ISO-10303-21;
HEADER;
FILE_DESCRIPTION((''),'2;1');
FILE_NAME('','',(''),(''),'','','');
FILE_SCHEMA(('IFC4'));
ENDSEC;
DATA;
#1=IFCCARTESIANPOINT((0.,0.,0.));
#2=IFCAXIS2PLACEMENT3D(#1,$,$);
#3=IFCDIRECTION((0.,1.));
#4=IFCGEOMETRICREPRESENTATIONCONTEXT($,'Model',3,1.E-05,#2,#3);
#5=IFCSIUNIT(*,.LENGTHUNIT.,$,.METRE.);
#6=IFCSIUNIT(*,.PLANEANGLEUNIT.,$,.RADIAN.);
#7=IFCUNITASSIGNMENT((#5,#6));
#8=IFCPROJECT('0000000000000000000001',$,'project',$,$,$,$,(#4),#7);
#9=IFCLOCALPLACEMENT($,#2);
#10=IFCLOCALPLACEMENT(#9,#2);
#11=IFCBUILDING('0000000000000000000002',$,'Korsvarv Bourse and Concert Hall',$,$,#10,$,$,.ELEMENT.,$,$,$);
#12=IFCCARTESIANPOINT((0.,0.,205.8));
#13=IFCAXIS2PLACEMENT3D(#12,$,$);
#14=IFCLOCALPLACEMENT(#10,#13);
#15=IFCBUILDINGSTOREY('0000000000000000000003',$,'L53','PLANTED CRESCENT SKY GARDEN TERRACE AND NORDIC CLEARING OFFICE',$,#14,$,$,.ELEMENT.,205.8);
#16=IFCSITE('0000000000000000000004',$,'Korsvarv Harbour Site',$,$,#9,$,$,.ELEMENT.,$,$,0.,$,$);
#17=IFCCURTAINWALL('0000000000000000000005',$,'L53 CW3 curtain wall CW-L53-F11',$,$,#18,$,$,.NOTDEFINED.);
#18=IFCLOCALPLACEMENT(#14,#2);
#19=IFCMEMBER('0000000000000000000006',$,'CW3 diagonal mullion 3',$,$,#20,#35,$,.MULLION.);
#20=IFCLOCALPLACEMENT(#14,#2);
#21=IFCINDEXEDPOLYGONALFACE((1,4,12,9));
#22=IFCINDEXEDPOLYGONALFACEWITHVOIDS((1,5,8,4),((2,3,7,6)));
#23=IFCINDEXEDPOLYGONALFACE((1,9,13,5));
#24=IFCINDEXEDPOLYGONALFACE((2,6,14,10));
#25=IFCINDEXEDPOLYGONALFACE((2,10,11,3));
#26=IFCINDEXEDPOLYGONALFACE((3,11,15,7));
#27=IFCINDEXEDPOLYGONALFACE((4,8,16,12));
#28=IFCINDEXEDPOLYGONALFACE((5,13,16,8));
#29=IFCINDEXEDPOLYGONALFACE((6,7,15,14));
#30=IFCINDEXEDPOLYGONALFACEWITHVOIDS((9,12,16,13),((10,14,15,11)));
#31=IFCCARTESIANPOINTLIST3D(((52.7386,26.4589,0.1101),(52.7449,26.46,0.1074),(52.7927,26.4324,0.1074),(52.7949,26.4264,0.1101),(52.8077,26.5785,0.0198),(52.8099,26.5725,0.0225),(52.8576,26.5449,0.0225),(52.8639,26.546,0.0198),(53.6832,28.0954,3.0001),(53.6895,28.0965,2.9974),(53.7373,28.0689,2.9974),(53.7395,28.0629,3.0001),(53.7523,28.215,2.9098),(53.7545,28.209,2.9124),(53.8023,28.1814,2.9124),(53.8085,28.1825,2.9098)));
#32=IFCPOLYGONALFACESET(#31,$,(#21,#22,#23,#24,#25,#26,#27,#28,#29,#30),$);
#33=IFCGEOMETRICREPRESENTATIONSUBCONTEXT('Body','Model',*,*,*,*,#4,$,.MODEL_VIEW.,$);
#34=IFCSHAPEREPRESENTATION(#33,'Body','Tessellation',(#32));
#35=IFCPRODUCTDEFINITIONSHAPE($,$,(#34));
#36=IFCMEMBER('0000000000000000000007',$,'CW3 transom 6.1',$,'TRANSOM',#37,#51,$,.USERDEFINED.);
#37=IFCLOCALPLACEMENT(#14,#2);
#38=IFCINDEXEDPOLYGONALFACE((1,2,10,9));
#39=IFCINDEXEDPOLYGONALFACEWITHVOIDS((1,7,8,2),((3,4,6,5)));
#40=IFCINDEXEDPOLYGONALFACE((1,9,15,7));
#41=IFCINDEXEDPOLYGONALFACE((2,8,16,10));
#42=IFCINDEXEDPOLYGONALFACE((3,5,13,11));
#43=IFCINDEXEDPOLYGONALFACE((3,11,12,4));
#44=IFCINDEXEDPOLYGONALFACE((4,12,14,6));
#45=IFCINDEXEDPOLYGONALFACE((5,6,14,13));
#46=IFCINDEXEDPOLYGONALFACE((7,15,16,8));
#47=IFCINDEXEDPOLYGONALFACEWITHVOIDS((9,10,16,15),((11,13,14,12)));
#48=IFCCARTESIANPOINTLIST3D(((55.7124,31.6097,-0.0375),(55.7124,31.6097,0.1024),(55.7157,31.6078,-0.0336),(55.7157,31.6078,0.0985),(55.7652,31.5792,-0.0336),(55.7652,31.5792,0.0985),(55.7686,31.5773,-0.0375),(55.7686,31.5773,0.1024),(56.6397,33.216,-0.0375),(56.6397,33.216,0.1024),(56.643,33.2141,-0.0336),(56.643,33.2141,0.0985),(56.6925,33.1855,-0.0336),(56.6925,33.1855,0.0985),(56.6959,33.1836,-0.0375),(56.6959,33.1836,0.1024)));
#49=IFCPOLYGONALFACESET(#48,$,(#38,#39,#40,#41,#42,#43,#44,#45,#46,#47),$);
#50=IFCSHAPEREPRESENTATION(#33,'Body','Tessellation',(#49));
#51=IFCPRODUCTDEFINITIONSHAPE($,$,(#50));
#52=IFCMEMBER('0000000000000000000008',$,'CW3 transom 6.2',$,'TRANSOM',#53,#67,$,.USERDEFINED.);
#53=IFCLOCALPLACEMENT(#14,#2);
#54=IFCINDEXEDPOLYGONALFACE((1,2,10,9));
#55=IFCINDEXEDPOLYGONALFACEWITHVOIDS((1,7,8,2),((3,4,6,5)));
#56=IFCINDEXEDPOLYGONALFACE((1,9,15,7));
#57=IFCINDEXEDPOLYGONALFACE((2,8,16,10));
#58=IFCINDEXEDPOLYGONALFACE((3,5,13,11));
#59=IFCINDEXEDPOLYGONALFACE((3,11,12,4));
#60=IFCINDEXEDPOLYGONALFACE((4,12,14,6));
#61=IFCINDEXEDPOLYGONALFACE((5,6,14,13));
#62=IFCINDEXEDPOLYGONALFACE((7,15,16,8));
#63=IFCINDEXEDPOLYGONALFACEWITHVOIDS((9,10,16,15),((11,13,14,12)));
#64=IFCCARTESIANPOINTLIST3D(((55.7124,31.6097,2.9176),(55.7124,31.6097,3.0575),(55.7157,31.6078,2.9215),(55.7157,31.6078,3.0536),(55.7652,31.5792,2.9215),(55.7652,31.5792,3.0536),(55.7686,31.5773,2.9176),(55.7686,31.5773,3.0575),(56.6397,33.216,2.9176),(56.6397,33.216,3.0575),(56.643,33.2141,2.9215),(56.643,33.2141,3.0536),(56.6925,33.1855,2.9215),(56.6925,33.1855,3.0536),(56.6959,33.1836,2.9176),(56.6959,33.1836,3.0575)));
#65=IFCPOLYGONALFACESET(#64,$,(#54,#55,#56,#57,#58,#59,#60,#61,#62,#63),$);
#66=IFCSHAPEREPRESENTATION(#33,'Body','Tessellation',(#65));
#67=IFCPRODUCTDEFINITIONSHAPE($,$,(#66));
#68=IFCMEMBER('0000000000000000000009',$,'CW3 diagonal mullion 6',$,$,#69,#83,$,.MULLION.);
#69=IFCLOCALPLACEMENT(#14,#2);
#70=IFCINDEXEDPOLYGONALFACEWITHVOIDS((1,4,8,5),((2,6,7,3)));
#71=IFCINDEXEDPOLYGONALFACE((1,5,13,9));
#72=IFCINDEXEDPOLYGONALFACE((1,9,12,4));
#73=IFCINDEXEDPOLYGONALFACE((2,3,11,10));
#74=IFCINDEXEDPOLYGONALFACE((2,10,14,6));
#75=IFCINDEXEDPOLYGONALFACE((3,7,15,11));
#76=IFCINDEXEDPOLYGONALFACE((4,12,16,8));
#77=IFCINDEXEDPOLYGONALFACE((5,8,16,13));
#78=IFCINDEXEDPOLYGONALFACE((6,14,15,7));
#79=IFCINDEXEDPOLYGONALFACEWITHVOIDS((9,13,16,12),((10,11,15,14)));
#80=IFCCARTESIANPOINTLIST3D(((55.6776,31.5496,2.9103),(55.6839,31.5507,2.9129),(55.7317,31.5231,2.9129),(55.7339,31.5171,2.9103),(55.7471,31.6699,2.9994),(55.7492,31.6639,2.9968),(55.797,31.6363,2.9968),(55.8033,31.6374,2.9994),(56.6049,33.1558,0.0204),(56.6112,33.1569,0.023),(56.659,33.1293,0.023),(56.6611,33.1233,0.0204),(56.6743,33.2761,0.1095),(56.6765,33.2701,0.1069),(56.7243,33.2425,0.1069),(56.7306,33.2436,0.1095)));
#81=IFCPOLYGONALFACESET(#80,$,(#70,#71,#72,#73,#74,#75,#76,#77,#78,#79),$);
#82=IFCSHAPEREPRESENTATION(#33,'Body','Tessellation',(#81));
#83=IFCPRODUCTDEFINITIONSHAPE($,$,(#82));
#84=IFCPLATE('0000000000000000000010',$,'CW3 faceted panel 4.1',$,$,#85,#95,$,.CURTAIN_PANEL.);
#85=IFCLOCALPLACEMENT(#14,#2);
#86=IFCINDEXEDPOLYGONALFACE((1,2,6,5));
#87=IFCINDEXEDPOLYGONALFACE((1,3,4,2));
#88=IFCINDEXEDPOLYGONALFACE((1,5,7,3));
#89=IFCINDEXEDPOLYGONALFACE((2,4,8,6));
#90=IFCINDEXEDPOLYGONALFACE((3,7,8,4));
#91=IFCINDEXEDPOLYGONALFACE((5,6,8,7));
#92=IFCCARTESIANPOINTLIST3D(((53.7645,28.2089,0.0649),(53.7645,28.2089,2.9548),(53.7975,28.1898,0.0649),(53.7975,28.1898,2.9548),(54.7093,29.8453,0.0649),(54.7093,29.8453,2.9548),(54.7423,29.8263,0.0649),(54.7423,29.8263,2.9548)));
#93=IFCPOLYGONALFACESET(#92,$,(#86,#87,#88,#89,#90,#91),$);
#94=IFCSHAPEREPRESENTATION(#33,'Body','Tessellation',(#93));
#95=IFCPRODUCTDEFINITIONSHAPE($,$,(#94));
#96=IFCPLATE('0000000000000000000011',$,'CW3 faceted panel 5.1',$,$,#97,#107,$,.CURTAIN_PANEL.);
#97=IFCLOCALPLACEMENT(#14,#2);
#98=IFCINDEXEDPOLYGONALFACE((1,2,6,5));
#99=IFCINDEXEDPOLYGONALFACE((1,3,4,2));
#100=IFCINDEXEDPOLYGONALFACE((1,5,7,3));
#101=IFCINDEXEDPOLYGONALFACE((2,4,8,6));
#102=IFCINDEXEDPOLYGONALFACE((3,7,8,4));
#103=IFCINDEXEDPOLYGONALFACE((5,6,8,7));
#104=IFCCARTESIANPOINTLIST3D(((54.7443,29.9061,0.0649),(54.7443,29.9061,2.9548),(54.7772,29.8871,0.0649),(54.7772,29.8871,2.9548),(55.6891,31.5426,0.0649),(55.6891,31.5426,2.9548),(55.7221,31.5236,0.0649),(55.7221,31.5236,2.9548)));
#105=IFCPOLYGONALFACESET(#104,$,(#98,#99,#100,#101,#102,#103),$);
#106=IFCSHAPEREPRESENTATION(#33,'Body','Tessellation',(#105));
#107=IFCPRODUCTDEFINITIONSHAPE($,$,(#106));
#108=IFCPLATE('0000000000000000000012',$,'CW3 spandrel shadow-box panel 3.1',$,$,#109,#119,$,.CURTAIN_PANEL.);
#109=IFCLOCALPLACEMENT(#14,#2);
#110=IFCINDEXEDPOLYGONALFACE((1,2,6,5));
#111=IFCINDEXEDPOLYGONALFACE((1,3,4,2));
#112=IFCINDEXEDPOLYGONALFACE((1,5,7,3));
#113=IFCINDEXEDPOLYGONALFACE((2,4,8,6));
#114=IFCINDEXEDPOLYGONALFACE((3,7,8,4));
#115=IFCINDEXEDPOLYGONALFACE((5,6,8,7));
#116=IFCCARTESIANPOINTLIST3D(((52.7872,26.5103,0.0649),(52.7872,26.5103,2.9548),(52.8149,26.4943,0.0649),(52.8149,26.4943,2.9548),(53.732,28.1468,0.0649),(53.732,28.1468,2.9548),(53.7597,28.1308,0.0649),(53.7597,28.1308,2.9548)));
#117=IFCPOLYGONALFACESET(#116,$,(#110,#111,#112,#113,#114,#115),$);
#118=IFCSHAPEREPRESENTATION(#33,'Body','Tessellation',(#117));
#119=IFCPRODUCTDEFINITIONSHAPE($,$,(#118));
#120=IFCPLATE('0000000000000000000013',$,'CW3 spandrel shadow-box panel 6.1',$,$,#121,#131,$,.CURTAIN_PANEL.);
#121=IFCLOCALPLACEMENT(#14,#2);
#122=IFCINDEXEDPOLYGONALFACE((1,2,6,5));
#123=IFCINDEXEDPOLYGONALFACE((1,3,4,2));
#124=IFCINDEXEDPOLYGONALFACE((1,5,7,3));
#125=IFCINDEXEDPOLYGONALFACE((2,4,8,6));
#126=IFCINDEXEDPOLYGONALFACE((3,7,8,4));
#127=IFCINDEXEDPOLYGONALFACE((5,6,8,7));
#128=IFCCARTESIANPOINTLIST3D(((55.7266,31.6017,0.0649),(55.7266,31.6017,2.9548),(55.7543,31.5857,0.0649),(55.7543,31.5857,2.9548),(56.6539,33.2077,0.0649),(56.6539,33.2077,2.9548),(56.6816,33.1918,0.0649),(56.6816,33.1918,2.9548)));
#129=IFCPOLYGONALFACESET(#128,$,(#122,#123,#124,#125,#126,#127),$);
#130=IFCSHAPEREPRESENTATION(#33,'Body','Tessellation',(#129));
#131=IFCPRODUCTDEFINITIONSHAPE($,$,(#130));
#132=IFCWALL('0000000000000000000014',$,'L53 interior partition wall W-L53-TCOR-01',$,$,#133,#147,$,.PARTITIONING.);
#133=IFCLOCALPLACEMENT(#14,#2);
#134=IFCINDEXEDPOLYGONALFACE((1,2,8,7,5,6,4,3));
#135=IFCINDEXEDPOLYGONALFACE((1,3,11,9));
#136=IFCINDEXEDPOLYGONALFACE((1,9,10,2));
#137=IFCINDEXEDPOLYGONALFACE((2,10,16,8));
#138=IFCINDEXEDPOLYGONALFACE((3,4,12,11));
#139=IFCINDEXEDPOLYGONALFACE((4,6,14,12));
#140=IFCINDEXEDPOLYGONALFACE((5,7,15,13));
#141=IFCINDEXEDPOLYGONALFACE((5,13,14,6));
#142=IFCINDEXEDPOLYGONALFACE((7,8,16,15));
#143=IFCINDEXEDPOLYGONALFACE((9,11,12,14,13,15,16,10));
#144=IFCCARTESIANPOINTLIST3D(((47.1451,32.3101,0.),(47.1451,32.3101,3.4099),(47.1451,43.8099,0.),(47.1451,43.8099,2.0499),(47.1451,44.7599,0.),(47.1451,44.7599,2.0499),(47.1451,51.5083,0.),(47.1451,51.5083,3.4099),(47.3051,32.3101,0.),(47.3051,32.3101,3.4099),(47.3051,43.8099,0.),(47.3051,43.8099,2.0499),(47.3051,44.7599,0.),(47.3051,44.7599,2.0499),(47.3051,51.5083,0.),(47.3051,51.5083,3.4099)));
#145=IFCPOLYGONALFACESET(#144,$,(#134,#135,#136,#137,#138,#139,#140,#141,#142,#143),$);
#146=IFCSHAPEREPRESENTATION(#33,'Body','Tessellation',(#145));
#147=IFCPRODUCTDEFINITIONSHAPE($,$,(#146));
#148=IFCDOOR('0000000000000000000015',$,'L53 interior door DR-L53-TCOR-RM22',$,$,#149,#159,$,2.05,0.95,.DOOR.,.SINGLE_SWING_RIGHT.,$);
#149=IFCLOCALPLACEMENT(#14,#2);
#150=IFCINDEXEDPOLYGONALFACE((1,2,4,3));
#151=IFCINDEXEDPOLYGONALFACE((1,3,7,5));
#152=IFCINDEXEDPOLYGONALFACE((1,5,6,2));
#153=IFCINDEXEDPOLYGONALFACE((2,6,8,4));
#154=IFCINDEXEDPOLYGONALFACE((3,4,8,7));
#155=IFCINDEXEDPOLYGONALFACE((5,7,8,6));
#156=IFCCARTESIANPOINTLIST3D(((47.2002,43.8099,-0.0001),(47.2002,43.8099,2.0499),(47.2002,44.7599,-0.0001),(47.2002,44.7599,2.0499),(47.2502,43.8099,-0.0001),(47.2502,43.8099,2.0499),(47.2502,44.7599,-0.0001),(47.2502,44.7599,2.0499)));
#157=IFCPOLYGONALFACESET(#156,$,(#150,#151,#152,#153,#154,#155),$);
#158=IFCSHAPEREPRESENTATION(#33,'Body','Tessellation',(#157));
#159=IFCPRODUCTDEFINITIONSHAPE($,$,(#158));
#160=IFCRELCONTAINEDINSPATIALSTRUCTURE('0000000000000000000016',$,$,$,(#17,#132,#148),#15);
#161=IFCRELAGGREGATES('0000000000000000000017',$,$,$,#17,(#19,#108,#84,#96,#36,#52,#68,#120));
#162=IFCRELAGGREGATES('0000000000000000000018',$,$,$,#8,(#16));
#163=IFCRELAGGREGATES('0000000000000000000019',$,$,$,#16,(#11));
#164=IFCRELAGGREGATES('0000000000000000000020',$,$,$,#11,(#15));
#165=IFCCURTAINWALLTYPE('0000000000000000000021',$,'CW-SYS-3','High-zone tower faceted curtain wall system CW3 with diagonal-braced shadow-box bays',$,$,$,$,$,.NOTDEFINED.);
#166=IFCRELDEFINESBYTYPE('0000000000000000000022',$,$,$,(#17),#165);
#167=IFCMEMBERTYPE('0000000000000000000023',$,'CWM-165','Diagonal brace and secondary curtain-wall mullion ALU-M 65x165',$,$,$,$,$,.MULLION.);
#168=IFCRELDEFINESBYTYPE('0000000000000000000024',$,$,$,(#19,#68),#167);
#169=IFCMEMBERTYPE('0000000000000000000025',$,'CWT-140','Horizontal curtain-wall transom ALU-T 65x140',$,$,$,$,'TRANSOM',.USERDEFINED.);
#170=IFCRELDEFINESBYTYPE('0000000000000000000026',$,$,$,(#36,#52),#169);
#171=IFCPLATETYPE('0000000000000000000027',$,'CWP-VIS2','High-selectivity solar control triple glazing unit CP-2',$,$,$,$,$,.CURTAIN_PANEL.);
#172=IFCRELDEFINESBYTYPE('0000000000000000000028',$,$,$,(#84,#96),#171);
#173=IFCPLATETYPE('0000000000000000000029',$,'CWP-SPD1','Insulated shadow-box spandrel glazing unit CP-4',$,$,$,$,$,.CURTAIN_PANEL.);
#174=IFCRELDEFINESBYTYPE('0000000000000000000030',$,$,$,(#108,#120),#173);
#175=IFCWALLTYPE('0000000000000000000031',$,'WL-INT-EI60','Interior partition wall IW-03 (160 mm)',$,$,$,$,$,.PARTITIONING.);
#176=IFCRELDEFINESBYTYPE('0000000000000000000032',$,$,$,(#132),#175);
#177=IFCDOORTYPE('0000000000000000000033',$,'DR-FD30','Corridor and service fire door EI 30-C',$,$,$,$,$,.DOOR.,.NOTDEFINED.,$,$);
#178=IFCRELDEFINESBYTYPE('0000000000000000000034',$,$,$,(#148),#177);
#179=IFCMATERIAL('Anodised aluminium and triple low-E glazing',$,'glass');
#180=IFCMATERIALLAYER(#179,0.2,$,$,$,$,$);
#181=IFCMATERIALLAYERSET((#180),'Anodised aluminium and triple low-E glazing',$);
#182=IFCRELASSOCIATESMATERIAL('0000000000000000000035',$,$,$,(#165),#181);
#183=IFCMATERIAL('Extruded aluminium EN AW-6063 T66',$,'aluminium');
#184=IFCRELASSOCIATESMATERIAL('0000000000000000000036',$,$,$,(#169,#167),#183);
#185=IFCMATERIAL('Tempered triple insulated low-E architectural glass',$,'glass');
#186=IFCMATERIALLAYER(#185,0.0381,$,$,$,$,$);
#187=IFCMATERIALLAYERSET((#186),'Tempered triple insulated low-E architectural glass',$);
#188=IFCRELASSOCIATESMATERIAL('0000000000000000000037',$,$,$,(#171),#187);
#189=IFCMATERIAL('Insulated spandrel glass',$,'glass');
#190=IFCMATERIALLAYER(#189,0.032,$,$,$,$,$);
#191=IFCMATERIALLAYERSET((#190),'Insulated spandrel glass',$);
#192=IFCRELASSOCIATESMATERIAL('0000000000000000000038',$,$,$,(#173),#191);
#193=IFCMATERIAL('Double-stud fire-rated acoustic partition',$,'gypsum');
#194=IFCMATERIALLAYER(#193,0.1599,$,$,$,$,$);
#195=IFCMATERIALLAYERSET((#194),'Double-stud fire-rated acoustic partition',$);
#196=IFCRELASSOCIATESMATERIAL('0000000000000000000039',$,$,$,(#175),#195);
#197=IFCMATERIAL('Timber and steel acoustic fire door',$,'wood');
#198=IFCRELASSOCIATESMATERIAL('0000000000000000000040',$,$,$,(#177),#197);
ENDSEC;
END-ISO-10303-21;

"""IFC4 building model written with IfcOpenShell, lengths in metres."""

from ifc_helpers import new_model, si_unit, direction, frame, frame_2d, origin, origin_2d, place, context, subcontext, project, spatial, rectangle, hollow_rectangle, extrude, source, transform, mapped, material, layer, layer_set, material_profile, profile_set, type_object, element, fill, aggregate, save


model = new_model("IFC4")

# Units and contexts
model_context = context("Model", 3, precision=1e-05, world=origin(), true_north=direction((0.0, 1.0)))
body_context = subcontext(model_context, "Body", "Model", "MODEL_VIEW")
ifc_project = project(units=[si_unit("LENGTHUNIT", "METRE"), si_unit("PLANEANGLEUNIT", "RADIAN")], contexts=[model_context])

# Site, building, storey
site_placement = place(None, origin())
site = spatial("IfcSite", under=ifc_project, at=site_placement, Name="Korsvarv Harbour Site", CompositionType="ELEMENT", RefElevation=0.0)
building_placement = place(site_placement, origin())
building = spatial("IfcBuilding", under=site, at=building_placement, Name="Korsvarv Bourse and Concert Hall", CompositionType="ELEMENT")
storey_placement = place(building_placement, frame((0.0, 0.0, 205.8)))
storey = spatial("IfcBuildingStorey", under=building, at=storey_placement, Name="L53", Description="PLANTED CRESCENT SKY GARDEN TERRACE AND NORDIC CLEARING OFFICE", CompositionType="ELEMENT", Elevation=205.8)

# Curtain wall, members, plates
ifc_material_1 = material(Name="Anodised aluminium and triple low-E glazing", Category="glass")
ifc_layer_1 = layer(ifc_material_1, 0.2)
ifc_layer_set_1 = layer_set([ifc_layer_1], Name="Anodised aluminium and triple low-E glazing")
curtain_wall_type = type_object("IfcCurtainWallType", Name="CW-SYS-3", Description="High-zone tower faceted curtain wall system CW3 with diagonal-braced shadow-box bays", PredefinedType="NOTDEFINED", material=ifc_layer_set_1)
curtain_wall_placement = place(storey_placement, origin())
curtain_wall = element("IfcCurtainWall", 1, at=curtain_wall_placement, inside=storey, type_object=curtain_wall_type, Name="L53 CW3 curtain wall CW-L53-F11", PredefinedType="NOTDEFINED")
ifc_material_2 = material(Name="Extruded aluminium EN AW-6063 T66", Category="aluminium")
ifc_material_profile_1 = material_profile(ifc_material_2, hollow_rectangle(XDim=0.0649, YDim=0.1399, WallThickness=0.0039, at=origin_2d()), Name="ALU-T 65x140")
ifc_profile_set_1 = profile_set([ifc_material_profile_1], Name="Extruded aluminium EN AW-6063 T66")
member_type_1 = type_object("IfcMemberType", Name="CWT-140", Description="Horizontal curtain-wall transom ALU-T 65x140", ElementType="TRANSOM", PredefinedType="USERDEFINED", material=ifc_profile_set_1)
ifc_material_profile_2 = material_profile(ifc_material_2, hollow_rectangle(XDim=0.0649, YDim=0.165, WallThickness=0.0049, at=origin_2d()), Name="ALU-M 65x165")
ifc_profile_set_2 = profile_set([ifc_material_profile_2], Name="Extruded aluminium EN AW-6063 T66")
member_type_2 = type_object("IfcMemberType", Name="CWM-165", Description="Diagonal brace and secondary curtain-wall mullion ALU-M 65x165", PredefinedType="MULLION", material=ifc_profile_set_2)
shared_shape_1 = source(origin(), body_context, "Body", "SweptSolid", [
    extrude(hollow_rectangle(XDim=0.0649, YDim=0.165, WallThickness=0.0049, at=origin_2d()), origin(), (0.0, 0.0, 1.0), 3.4529),
])
member_1_placement = place(storey_placement, frame((52.8013, 26.5024, 0.0649), z_axis=(0.27357, 0.473957, 0.836973), x_axis=(-0.86608, 0.499905, 0.0)))
member_1 = element("IfcMember", 2, at=member_1_placement, type_object=member_type_2, Name="CW3 diagonal mullion 3", PredefinedType="MULLION", context=body_context, shape_type="MappedRepresentation", body=[
    mapped(shared_shape_1, transform((0.0, 0.0, 0.0), scale=1.0)),
])
shared_shape_2 = source(origin(), body_context, "Body", "SweptSolid", [
    extrude(hollow_rectangle(XDim=0.0649, YDim=0.1399, WallThickness=0.0039, at=origin_2d()), origin(), (0.0, 0.0, 1.0), 1.8547),
])
member_2_placement = place(storey_placement, frame((55.7405, 31.5935, 0.0325), z_axis=(0.499962, 0.866047, 0.0), x_axis=(-0.866047, 0.499962, 0.0)))
member_2 = element("IfcMember", 3, at=member_2_placement, type_object=member_type_1, Name="CW3 transom 6.1", ObjectType="TRANSOM", PredefinedType="USERDEFINED", context=body_context, shape_type="MappedRepresentation", body=[
    mapped(shared_shape_2, transform((0.0, 0.0, 0.0), scale=1.0)),
])
member_3_placement = place(storey_placement, frame((55.7405, 31.5935, 2.9875), z_axis=(0.499962, 0.866047, 0.0), x_axis=(-0.866047, 0.499962, 0.0)))
member_3 = element("IfcMember", 4, at=member_3_placement, type_object=member_type_1, Name="CW3 transom 6.2", ObjectType="TRANSOM", PredefinedType="USERDEFINED", context=body_context, shape_type="MappedRepresentation", body=[
    mapped(shared_shape_2, transform((0.0, 0.0, 0.0), scale=1.0)),
])
shared_shape_3 = source(origin(), body_context, "Body", "SweptSolid", [
    extrude(hollow_rectangle(XDim=0.0649, YDim=0.165, WallThickness=0.0049, at=origin_2d()), origin(), (0.0, 0.0, 1.0), 3.4338),
])
member_4_placement = place(storey_placement, frame((56.6677, 33.1997, 0.0649), z_axis=(-0.270033, -0.467759, 0.841596), x_axis=(0.866047, -0.499962, 0.0)))
member_4 = element("IfcMember", 5, at=member_4_placement, type_object=member_type_2, Name="CW3 diagonal mullion 6", PredefinedType="MULLION", context=body_context, shape_type="MappedRepresentation", body=[
    mapped(shared_shape_3, transform((0.0, 0.0, 0.0), scale=1.0)),
])
ifc_material_3 = material(Name="Tempered triple insulated low-E architectural glass", Category="glass")
ifc_layer_2 = layer(ifc_material_3, 0.0381)
ifc_layer_set_2 = layer_set([ifc_layer_2], Name="Tempered triple insulated low-E architectural glass")
plate_type_1 = type_object("IfcPlateType", Name="CWP-VIS2", Description="High-selectivity solar control triple glazing unit CP-2", PredefinedType="CURTAIN_PANEL", material=ifc_layer_set_2)
shared_shape_4 = source(origin(), body_context, "Body", "SweptSolid", [
    extrude(rectangle(XDim=1.8896, YDim=0.0381, at=origin_2d()), origin(), (0.0, 0.0, 1.0), 2.8899),
])
plate_1_placement = place(storey_placement, frame((54.2534, 29.0176, 0.0649), z_axis=(0.0, 0.0, 1.0), x_axis=(0.499997, 0.866027, 0.0)))
plate_1 = element("IfcPlate", 6, at=plate_1_placement, type_object=plate_type_1, Name="CW3 faceted panel 4.1", PredefinedType="CURTAIN_PANEL", context=body_context, shape_type="MappedRepresentation", body=[
    mapped(shared_shape_4, transform((0.0, 0.0, 0.0), scale=1.0)),
])
plate_2_placement = place(storey_placement, frame((55.2332, 30.7148, 0.0649), z_axis=(0.0, 0.0, 1.0), x_axis=(0.499997, 0.866027, 0.0)))
plate_2 = element("IfcPlate", 7, at=plate_2_placement, type_object=plate_type_1, Name="CW3 faceted panel 5.1", PredefinedType="CURTAIN_PANEL", context=body_context, shape_type="MappedRepresentation", body=[
    mapped(shared_shape_4, transform((0.0, 0.0, 0.0), scale=1.0)),
])
ifc_material_4 = material(Name="Insulated spandrel glass", Category="glass")
ifc_layer_3 = layer(ifc_material_4, 0.032)
ifc_layer_set_3 = layer_set([ifc_layer_3], Name="Insulated spandrel glass")
plate_type_2 = type_object("IfcPlateType", Name="CWP-SPD1", Description="Insulated shadow-box spandrel glazing unit CP-4", PredefinedType="CURTAIN_PANEL", material=ifc_layer_set_3)
shared_shape_5 = source(origin(), body_context, "Body", "SweptSolid", [
    extrude(rectangle(XDim=1.8896, YDim=0.032, at=origin_2d()), origin(), (0.0, 0.0, 1.0), 2.8899),
])
plate_3_placement = place(storey_placement, frame((53.2734, 27.3206, 0.0649), z_axis=(0.0, 0.0, 1.0), x_axis=(0.499997, 0.866027, 0.0)))
plate_3 = element("IfcPlate", 8, at=plate_3_placement, type_object=plate_type_2, Name="CW3 spandrel shadow-box panel 3.1", PredefinedType="CURTAIN_PANEL", context=body_context, shape_type="MappedRepresentation", body=[
    mapped(shared_shape_5, transform((0.0, 0.0, 0.0), scale=1.0)),
])
shared_shape_6 = source(origin(), body_context, "Body", "SweptSolid", [
    extrude(rectangle(XDim=1.8545, YDim=0.032, at=origin_2d()), origin(), (0.0, 0.0, 1.0), 2.8899),
])
plate_4_placement = place(storey_placement, frame((56.2041, 32.3967, 0.0649), z_axis=(0.0, 0.0, 1.0), x_axis=(0.499997, 0.866027, 0.0)))
plate_4 = element("IfcPlate", 9, at=plate_4_placement, type_object=plate_type_2, Name="CW3 spandrel shadow-box panel 6.1", PredefinedType="CURTAIN_PANEL", context=body_context, shape_type="MappedRepresentation", body=[
    mapped(shared_shape_6, transform((0.0, 0.0, 0.0), scale=1.0)),
])
aggregate(curtain_wall, [member_1, plate_3, plate_1, plate_2, member_2, member_3, member_4, plate_4])

# Wall, opening, door
ifc_material_5 = material(Name="Double-stud fire-rated acoustic partition", Category="gypsum")
ifc_layer_4 = layer(ifc_material_5, 0.1599)
ifc_layer_set_4 = layer_set([ifc_layer_4], Name="Double-stud fire-rated acoustic partition")
wall_type_1 = type_object("IfcWallType", Name="WL-INT-EI60", Description="Interior partition wall IW-03 (160 mm)", PredefinedType="PARTITIONING", material=ifc_layer_set_4)
wall_1_placement = place(storey_placement, frame((47.2251, 32.3101, 0.0), z_axis=(0.0, 0.0, 1.0), x_axis=(0.0, 1.0, 0.0)))
wall_1 = element("IfcWall", 10, at=wall_1_placement, inside=storey, type_object=wall_type_1, Name="L53 interior partition wall W-L53-TCOR-01", PredefinedType="PARTITIONING", context=body_context, shape_type="SweptSolid", body=[
    extrude(rectangle(XDim=19.1982, YDim=0.1599, at=frame_2d((9.5991, 0.0))), origin(), (0.0, 0.0, 1.0), 3.4099),
])
opening_1_placement = place(wall_1_placement, frame((11.4998, 0.0, 0.0)))
opening_1 = element("IfcOpeningElement", 11, at=opening_1_placement, cuts=wall_1, PredefinedType="OPENING", context=body_context, shape_type="SweptSolid", body=[
    extrude(rectangle(XDim=0.95, YDim=2.05, at=frame_2d((0.4751, 1.0249))), frame((0.0, 0.0898, 0.0), z_axis=(0.0, -1.0, 0.0), x_axis=(1.0, 0.0, 0.0)), (0.0, 0.0, 1.0), 0.1799),
])
ifc_material_6 = material(Name="Timber and steel acoustic fire door", Category="wood")
door_type = type_object("IfcDoorType", Name="DR-FD30", Description="Corridor and service fire door EI 30-C", OperationType="NOTDEFINED", PredefinedType="DOOR", material=ifc_material_6)
door_1_placement = place(opening_1_placement, origin())
door_1 = element("IfcDoor", 12, at=door_1_placement, inside=storey, type_object=door_type, Name="L53 interior door DR-L53-TCOR-RM22", OperationType="SINGLE_SWING_RIGHT", OverallHeight=2.05, OverallWidth=0.95, PredefinedType="DOOR", context=body_context, shape_type="SweptSolid", body=[
    extrude(rectangle(XDim=0.95, YDim=2.05, at=frame_2d((0.4751, 1.0249))), frame((0.0, 0.0249, 0.0), z_axis=(0.0, -1.0, 0.0), x_axis=(1.0, 0.0, 0.0)), (0.0, 0.0, 1.0), 0.05),
])
fill(opening_1, door_1)

save(model, "model.ifc")
